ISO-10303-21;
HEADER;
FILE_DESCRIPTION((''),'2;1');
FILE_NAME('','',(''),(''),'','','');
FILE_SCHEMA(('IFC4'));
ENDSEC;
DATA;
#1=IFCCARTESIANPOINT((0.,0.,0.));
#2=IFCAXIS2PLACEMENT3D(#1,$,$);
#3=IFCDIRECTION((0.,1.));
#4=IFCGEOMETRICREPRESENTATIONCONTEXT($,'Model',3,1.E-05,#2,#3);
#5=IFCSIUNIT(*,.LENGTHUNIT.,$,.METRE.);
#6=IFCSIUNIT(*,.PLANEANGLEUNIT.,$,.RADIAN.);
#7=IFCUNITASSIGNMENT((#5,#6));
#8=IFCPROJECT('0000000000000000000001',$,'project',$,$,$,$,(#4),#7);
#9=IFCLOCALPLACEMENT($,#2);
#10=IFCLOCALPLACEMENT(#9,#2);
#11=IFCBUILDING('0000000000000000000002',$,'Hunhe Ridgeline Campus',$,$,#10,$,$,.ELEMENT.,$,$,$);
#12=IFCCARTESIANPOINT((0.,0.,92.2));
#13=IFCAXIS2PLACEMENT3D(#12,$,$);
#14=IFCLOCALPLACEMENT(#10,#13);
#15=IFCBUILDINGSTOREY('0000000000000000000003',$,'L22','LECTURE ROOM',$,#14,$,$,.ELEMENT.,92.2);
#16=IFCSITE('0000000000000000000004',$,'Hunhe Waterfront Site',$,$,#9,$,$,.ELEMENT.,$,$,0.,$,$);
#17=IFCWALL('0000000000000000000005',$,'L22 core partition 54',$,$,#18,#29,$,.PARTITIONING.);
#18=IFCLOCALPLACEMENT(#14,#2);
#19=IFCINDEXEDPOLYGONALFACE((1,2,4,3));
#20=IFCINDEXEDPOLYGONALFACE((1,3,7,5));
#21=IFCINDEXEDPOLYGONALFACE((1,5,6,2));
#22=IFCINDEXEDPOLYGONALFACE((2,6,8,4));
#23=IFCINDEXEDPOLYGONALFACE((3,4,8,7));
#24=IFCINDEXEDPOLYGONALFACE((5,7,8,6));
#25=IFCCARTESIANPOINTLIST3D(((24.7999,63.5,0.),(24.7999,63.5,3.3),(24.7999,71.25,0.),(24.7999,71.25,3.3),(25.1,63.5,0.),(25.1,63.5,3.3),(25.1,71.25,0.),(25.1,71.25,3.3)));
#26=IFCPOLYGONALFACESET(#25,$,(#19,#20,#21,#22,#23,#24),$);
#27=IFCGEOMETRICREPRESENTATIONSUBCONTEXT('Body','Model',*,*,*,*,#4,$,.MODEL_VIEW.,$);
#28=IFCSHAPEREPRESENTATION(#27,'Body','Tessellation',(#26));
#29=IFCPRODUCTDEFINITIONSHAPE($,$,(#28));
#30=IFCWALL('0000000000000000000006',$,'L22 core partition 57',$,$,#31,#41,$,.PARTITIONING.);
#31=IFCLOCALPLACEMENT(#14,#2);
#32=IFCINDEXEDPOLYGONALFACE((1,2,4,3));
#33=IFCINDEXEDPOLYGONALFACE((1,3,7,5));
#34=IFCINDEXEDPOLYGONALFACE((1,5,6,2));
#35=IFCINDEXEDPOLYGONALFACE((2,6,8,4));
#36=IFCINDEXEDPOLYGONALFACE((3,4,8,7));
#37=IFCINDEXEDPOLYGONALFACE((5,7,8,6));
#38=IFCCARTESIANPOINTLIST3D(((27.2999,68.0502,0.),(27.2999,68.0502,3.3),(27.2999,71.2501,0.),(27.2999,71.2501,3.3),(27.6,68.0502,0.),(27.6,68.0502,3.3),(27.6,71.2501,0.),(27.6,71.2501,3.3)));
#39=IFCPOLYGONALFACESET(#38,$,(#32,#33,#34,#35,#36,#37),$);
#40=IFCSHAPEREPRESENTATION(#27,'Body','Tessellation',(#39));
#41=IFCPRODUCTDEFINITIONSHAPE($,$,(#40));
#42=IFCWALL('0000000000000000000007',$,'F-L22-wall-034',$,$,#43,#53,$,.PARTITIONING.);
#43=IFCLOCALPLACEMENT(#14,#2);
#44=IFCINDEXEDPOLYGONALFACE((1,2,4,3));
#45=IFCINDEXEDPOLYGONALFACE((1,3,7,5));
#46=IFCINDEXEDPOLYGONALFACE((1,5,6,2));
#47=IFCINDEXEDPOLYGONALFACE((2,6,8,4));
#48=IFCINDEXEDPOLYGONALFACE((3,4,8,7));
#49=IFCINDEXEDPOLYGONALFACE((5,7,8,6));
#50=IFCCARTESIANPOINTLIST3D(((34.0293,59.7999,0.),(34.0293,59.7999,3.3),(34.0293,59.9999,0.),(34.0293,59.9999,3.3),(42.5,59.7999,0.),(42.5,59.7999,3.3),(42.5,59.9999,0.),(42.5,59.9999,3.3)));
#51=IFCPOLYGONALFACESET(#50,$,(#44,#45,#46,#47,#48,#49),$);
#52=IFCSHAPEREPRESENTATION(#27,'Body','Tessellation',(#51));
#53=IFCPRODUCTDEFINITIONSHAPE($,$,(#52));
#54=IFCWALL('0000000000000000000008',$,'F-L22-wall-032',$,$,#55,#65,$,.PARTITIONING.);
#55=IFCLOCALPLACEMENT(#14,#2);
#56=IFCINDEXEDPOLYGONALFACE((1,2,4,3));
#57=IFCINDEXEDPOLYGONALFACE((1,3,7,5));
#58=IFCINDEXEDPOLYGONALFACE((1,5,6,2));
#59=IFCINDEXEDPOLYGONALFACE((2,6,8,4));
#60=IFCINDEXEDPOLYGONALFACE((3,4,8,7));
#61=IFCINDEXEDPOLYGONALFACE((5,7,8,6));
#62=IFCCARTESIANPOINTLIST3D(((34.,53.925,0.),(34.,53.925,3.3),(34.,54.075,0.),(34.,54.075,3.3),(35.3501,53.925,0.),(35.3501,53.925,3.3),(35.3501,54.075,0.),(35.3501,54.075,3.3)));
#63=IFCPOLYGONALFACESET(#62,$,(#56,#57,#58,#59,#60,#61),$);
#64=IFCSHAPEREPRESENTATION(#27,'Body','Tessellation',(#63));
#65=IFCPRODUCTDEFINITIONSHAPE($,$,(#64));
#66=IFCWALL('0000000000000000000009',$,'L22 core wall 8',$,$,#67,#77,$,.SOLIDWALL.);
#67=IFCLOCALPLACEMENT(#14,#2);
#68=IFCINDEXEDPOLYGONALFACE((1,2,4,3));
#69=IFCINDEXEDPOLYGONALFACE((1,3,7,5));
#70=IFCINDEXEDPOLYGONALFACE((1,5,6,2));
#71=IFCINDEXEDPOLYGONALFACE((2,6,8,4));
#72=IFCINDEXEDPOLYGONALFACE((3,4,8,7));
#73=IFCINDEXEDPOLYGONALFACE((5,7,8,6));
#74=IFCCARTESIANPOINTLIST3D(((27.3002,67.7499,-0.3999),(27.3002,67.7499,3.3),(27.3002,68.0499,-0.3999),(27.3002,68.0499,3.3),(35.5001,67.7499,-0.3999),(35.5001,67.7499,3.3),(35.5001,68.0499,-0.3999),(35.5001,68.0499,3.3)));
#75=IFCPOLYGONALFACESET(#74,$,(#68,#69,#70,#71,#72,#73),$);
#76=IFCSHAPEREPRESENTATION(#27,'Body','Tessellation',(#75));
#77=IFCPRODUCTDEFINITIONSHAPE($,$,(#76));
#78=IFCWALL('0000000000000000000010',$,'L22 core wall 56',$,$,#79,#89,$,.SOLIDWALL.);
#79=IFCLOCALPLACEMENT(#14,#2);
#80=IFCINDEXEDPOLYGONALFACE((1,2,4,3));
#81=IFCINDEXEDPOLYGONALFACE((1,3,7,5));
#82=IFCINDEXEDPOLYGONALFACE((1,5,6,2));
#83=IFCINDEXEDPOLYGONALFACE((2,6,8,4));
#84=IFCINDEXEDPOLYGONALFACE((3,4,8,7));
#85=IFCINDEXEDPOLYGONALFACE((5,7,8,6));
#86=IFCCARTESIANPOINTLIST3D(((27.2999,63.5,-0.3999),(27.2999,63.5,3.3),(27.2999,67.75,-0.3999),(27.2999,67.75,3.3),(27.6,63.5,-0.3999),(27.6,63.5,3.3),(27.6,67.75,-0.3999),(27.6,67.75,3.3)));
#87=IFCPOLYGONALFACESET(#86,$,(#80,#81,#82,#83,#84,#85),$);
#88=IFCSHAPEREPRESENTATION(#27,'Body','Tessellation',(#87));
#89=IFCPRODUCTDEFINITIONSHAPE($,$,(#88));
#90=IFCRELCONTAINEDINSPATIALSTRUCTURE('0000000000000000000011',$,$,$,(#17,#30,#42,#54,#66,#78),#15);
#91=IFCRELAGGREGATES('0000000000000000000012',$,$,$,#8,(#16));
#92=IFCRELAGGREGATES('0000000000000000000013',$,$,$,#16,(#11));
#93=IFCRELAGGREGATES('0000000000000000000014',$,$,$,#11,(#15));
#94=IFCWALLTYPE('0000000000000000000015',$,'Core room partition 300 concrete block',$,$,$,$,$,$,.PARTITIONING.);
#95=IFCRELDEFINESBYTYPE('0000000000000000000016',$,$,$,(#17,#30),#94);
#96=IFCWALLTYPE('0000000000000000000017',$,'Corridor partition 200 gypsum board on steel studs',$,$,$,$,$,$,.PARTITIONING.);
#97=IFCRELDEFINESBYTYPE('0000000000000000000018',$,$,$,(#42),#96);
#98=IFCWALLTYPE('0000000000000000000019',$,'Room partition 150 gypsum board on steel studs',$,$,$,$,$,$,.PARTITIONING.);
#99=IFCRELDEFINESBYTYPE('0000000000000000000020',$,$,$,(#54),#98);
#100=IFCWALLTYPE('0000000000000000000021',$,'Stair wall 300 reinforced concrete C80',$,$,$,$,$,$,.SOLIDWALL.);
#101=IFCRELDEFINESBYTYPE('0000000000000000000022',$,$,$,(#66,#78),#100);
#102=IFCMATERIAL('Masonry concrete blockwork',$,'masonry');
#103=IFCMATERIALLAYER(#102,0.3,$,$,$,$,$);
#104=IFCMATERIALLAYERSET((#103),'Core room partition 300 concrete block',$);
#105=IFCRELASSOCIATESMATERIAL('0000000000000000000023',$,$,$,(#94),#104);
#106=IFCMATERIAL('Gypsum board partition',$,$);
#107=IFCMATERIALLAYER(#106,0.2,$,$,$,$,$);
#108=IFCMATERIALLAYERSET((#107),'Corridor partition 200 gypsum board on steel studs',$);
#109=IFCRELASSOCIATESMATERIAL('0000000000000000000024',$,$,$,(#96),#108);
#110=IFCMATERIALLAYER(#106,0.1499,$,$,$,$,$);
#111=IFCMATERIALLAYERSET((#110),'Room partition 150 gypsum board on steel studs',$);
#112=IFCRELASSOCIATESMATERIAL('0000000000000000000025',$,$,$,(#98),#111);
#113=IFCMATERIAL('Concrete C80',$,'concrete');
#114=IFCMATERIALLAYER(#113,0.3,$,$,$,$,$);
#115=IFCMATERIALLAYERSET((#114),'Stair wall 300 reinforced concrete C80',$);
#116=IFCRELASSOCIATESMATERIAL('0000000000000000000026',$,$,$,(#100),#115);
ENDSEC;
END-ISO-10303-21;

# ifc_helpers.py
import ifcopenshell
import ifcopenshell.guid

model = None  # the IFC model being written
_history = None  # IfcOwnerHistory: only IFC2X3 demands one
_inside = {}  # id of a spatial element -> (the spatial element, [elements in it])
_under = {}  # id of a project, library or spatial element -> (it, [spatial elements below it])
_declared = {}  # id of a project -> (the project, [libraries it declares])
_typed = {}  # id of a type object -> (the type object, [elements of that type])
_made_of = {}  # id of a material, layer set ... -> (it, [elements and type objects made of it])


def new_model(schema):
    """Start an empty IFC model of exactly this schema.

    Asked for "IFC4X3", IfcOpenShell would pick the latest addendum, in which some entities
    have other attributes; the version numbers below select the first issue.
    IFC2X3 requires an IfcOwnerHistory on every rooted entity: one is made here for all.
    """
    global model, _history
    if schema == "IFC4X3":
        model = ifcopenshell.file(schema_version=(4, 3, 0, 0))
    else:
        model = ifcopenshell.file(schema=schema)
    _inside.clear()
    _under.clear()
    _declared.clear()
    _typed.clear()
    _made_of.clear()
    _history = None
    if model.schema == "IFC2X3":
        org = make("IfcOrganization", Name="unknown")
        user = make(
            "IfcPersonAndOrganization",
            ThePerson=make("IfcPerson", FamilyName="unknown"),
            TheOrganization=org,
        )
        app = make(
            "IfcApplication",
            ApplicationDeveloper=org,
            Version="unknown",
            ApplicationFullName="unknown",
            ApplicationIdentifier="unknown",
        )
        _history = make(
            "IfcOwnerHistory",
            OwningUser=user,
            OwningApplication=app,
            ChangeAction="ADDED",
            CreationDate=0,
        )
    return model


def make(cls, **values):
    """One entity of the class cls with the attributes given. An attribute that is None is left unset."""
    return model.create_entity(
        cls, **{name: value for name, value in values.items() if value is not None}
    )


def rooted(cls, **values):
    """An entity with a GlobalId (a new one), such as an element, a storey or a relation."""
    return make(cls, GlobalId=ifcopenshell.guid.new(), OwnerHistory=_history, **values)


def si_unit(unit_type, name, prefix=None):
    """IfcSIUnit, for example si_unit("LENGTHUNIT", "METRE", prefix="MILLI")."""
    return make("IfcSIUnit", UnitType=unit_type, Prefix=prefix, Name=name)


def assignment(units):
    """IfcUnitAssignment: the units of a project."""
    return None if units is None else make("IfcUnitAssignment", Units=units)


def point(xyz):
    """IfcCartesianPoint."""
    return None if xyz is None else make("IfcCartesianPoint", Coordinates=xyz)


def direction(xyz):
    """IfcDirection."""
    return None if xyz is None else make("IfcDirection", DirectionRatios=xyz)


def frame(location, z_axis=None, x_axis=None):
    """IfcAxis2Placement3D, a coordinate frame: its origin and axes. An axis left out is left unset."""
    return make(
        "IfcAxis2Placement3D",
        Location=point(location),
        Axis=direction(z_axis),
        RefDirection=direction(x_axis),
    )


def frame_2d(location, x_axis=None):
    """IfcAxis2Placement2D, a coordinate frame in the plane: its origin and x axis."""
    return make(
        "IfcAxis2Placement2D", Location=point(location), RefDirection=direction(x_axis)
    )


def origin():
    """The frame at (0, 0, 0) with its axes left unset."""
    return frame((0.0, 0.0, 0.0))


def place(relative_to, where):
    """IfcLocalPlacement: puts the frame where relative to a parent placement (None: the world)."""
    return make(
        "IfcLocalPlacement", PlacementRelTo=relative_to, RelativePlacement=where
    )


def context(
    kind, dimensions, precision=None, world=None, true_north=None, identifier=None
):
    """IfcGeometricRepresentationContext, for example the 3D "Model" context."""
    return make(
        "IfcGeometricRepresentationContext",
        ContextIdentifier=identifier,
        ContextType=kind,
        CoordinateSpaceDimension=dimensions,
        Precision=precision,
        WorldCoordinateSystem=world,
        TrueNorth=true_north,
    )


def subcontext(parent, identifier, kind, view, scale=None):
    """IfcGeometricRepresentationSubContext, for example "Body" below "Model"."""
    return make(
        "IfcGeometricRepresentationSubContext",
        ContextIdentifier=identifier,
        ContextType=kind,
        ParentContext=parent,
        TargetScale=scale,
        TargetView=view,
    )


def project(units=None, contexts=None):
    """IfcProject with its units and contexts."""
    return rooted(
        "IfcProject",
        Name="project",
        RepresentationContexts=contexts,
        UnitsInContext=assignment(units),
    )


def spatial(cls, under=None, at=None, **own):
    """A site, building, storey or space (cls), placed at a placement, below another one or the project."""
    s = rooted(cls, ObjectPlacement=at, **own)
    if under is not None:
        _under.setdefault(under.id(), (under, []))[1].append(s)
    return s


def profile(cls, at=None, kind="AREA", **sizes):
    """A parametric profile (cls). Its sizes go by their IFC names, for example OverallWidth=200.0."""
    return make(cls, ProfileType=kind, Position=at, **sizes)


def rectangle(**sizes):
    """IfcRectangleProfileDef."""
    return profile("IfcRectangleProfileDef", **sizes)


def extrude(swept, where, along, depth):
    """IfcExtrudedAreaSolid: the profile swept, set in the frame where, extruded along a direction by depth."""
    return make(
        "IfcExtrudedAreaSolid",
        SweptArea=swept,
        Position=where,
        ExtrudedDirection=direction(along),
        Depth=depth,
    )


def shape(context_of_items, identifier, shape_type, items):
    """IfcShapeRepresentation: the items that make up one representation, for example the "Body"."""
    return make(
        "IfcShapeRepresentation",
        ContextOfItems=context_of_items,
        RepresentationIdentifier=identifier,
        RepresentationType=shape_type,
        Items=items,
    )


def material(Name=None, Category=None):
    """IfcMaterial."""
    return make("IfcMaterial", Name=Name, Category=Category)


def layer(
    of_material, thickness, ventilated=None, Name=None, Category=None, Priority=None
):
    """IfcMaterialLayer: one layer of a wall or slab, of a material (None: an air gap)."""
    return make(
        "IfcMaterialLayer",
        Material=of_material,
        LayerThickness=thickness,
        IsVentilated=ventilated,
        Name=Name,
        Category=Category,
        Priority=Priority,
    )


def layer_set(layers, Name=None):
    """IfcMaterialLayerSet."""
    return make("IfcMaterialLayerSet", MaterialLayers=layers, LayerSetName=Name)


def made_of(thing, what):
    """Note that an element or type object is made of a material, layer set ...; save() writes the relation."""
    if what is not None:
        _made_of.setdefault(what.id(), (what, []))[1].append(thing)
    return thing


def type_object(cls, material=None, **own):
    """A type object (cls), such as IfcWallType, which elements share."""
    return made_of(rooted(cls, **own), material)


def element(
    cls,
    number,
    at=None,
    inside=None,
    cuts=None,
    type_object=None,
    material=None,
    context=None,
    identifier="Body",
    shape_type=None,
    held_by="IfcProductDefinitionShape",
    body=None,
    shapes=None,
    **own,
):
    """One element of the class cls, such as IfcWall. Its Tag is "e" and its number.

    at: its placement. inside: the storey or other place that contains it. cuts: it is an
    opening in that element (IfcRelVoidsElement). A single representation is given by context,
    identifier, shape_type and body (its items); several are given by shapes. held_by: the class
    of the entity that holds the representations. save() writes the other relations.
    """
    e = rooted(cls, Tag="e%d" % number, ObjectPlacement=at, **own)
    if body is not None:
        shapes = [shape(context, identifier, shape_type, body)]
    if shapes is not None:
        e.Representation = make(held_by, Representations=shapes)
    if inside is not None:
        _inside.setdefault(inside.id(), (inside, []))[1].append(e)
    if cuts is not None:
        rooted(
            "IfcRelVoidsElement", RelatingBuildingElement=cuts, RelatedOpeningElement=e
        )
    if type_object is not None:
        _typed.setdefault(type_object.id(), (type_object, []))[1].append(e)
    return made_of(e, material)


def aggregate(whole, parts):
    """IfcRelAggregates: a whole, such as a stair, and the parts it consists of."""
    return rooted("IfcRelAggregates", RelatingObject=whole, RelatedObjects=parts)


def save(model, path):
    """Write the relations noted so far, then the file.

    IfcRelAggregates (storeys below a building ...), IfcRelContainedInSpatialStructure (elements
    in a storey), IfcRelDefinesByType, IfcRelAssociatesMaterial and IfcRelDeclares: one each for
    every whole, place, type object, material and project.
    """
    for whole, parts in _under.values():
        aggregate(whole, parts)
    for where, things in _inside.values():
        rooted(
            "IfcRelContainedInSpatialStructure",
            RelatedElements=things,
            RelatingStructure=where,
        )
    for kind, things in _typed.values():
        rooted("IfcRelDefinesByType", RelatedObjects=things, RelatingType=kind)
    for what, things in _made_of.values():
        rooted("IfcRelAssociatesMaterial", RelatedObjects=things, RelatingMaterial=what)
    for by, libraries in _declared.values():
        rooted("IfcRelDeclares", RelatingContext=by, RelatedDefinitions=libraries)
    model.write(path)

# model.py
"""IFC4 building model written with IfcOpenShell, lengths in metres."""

from ifc_helpers import new_model, si_unit, direction, frame, frame_2d, origin, place, context, subcontext, project, spatial, rectangle, extrude, material, layer, layer_set, type_object, element, save


model = new_model("IFC4")

# Units and contexts
model_context = context("Model", 3, precision=1e-05, world=origin(), true_north=direction((0.0, 1.0)))
body_context = subcontext(model_context, "Body", "Model", "MODEL_VIEW")
ifc_project = project(units=[si_unit("LENGTHUNIT", "METRE"), si_unit("PLANEANGLEUNIT", "RADIAN")], contexts=[model_context])

# Site, building, storey
site_placement = place(None, origin())
site = spatial("IfcSite", under=ifc_project, at=site_placement, Name="Hunhe Waterfront Site", CompositionType="ELEMENT", RefElevation=0.0)
building_placement = place(site_placement, origin())
building = spatial("IfcBuilding", under=site, at=building_placement, Name="Hunhe Ridgeline Campus", CompositionType="ELEMENT")
storey_placement = place(building_placement, frame((0.0, 0.0, 92.2)))
storey = spatial("IfcBuildingStorey", under=building, at=storey_placement, Name="L22", Description="LECTURE ROOM", CompositionType="ELEMENT", Elevation=92.2)

# Walls
ifc_material_1 = material(Name="Masonry concrete blockwork", Category="masonry")
ifc_layer_1 = layer(ifc_material_1, 0.3)
ifc_layer_set_1 = layer_set([ifc_layer_1], Name="Core room partition 300 concrete block")
wall_type_1 = type_object("IfcWallType", Name="Core room partition 300 concrete block", PredefinedType="PARTITIONING", material=ifc_layer_set_1)
wall_1_placement = place(storey_placement, frame((24.95, 63.5, 0.0), z_axis=(0.0, 0.0, 1.0), x_axis=(0.0, 1.0, 0.0)))
element("IfcWall", 1, at=wall_1_placement, inside=storey, type_object=wall_type_1, Name="L22 core partition 54", PredefinedType="PARTITIONING", context=body_context, shape_type="SweptSolid", body=[
    extrude(rectangle(XDim=7.75, YDim=0.3, at=frame_2d((3.875, 0.0))), origin(), (0.0, 0.0, 1.0), 3.3),
])
wall_2_placement = place(storey_placement, frame((27.45, 68.05, 0.0), z_axis=(0.0, 0.0, 1.0), x_axis=(0.0, 1.0, 0.0)))
element("IfcWall", 2, at=wall_2_placement, inside=storey, type_object=wall_type_1, Name="L22 core partition 57", PredefinedType="PARTITIONING", context=body_context, shape_type="SweptSolid", body=[
    extrude(rectangle(XDim=3.2, YDim=0.3, at=frame_2d((1.6001, 0.0))), origin(), (0.0, 0.0, 1.0), 3.3),
])
ifc_material_2 = material(Name="Gypsum board partition")
ifc_layer_2 = layer(ifc_material_2, 0.2)
ifc_layer_set_2 = layer_set([ifc_layer_2], Name="Corridor partition 200 gypsum board on steel studs")
wall_type_2 = type_object("IfcWallType", Name="Corridor partition 200 gypsum board on steel studs", PredefinedType="PARTITIONING", material=ifc_layer_set_2)
wall_3_placement = place(storey_placement, frame((34.0293, 59.8999, 0.0), z_axis=(0.0, 0.0, 1.0), x_axis=(1.0, 0.0, 0.0)))
element("IfcWall", 3, at=wall_3_placement, inside=storey, type_object=wall_type_2, Name="F-L22-wall-034", PredefinedType="PARTITIONING", context=body_context, shape_type="SweptSolid", body=[
    extrude(rectangle(XDim=8.4707, YDim=0.2, at=frame_2d((4.2354, 0.0))), origin(), (0.0, 0.0, 1.0), 3.3),
])

# Walls
ifc_layer_3 = layer(ifc_material_2, 0.1499)
ifc_layer_set_3 = layer_set([ifc_layer_3], Name="Room partition 150 gypsum board on steel studs")
wall_type_3 = type_object("IfcWallType", Name="Room partition 150 gypsum board on steel studs", PredefinedType="PARTITIONING", material=ifc_layer_set_3)
wall_4_placement = place(storey_placement, frame((34.0, 54.0, 0.0), z_axis=(0.0, 0.0, 1.0), x_axis=(1.0, 0.0, 0.0)))
element("IfcWall", 4, at=wall_4_placement, inside=storey, type_object=wall_type_3, Name="F-L22-wall-032", PredefinedType="PARTITIONING", context=body_context, shape_type="SweptSolid", body=[
    extrude(rectangle(XDim=1.3501, YDim=0.1499, at=frame_2d((0.675, 0.0))), origin(), (0.0, 0.0, 1.0), 3.3),
])
ifc_material_3 = material(Name="Concrete C80", Category="concrete")
ifc_layer_4 = layer(ifc_material_3, 0.3)
ifc_layer_set_4 = layer_set([ifc_layer_4], Name="Stair wall 300 reinforced concrete C80")
wall_type_4 = type_object("IfcWallType", Name="Stair wall 300 reinforced concrete C80", PredefinedType="SOLIDWALL", material=ifc_layer_set_4)
wall_5_placement = place(storey_placement, frame((27.3, 67.8999, -0.3999), z_axis=(0.0, 0.0, 1.0), x_axis=(1.0, 0.0, 0.0)))
element("IfcWall", 5, at=wall_5_placement, inside=storey, type_object=wall_type_4, Name="L22 core wall 8", PredefinedType="SOLIDWALL", context=body_context, shape_type="SweptSolid", body=[
    extrude(rectangle(XDim=8.2, YDim=0.3, at=frame_2d((4.1001, 0.0))), origin(), (0.0, 0.0, 1.0), 3.7),
])
wall_6_placement = place(storey_placement, frame((27.45, 63.5, -0.3999), z_axis=(0.0, 0.0, 1.0), x_axis=(0.0, 1.0, 0.0)))
element("IfcWall", 6, at=wall_6_placement, inside=storey, type_object=wall_type_4, Name="L22 core wall 56", PredefinedType="SOLIDWALL", context=body_context, shape_type="SweptSolid", body=[
    extrude(rectangle(XDim=4.25, YDim=0.3, at=frame_2d((2.125, 0.0))), origin(), (0.0, 0.0, 1.0), 3.7),
])

save(model, "model.ifc")
